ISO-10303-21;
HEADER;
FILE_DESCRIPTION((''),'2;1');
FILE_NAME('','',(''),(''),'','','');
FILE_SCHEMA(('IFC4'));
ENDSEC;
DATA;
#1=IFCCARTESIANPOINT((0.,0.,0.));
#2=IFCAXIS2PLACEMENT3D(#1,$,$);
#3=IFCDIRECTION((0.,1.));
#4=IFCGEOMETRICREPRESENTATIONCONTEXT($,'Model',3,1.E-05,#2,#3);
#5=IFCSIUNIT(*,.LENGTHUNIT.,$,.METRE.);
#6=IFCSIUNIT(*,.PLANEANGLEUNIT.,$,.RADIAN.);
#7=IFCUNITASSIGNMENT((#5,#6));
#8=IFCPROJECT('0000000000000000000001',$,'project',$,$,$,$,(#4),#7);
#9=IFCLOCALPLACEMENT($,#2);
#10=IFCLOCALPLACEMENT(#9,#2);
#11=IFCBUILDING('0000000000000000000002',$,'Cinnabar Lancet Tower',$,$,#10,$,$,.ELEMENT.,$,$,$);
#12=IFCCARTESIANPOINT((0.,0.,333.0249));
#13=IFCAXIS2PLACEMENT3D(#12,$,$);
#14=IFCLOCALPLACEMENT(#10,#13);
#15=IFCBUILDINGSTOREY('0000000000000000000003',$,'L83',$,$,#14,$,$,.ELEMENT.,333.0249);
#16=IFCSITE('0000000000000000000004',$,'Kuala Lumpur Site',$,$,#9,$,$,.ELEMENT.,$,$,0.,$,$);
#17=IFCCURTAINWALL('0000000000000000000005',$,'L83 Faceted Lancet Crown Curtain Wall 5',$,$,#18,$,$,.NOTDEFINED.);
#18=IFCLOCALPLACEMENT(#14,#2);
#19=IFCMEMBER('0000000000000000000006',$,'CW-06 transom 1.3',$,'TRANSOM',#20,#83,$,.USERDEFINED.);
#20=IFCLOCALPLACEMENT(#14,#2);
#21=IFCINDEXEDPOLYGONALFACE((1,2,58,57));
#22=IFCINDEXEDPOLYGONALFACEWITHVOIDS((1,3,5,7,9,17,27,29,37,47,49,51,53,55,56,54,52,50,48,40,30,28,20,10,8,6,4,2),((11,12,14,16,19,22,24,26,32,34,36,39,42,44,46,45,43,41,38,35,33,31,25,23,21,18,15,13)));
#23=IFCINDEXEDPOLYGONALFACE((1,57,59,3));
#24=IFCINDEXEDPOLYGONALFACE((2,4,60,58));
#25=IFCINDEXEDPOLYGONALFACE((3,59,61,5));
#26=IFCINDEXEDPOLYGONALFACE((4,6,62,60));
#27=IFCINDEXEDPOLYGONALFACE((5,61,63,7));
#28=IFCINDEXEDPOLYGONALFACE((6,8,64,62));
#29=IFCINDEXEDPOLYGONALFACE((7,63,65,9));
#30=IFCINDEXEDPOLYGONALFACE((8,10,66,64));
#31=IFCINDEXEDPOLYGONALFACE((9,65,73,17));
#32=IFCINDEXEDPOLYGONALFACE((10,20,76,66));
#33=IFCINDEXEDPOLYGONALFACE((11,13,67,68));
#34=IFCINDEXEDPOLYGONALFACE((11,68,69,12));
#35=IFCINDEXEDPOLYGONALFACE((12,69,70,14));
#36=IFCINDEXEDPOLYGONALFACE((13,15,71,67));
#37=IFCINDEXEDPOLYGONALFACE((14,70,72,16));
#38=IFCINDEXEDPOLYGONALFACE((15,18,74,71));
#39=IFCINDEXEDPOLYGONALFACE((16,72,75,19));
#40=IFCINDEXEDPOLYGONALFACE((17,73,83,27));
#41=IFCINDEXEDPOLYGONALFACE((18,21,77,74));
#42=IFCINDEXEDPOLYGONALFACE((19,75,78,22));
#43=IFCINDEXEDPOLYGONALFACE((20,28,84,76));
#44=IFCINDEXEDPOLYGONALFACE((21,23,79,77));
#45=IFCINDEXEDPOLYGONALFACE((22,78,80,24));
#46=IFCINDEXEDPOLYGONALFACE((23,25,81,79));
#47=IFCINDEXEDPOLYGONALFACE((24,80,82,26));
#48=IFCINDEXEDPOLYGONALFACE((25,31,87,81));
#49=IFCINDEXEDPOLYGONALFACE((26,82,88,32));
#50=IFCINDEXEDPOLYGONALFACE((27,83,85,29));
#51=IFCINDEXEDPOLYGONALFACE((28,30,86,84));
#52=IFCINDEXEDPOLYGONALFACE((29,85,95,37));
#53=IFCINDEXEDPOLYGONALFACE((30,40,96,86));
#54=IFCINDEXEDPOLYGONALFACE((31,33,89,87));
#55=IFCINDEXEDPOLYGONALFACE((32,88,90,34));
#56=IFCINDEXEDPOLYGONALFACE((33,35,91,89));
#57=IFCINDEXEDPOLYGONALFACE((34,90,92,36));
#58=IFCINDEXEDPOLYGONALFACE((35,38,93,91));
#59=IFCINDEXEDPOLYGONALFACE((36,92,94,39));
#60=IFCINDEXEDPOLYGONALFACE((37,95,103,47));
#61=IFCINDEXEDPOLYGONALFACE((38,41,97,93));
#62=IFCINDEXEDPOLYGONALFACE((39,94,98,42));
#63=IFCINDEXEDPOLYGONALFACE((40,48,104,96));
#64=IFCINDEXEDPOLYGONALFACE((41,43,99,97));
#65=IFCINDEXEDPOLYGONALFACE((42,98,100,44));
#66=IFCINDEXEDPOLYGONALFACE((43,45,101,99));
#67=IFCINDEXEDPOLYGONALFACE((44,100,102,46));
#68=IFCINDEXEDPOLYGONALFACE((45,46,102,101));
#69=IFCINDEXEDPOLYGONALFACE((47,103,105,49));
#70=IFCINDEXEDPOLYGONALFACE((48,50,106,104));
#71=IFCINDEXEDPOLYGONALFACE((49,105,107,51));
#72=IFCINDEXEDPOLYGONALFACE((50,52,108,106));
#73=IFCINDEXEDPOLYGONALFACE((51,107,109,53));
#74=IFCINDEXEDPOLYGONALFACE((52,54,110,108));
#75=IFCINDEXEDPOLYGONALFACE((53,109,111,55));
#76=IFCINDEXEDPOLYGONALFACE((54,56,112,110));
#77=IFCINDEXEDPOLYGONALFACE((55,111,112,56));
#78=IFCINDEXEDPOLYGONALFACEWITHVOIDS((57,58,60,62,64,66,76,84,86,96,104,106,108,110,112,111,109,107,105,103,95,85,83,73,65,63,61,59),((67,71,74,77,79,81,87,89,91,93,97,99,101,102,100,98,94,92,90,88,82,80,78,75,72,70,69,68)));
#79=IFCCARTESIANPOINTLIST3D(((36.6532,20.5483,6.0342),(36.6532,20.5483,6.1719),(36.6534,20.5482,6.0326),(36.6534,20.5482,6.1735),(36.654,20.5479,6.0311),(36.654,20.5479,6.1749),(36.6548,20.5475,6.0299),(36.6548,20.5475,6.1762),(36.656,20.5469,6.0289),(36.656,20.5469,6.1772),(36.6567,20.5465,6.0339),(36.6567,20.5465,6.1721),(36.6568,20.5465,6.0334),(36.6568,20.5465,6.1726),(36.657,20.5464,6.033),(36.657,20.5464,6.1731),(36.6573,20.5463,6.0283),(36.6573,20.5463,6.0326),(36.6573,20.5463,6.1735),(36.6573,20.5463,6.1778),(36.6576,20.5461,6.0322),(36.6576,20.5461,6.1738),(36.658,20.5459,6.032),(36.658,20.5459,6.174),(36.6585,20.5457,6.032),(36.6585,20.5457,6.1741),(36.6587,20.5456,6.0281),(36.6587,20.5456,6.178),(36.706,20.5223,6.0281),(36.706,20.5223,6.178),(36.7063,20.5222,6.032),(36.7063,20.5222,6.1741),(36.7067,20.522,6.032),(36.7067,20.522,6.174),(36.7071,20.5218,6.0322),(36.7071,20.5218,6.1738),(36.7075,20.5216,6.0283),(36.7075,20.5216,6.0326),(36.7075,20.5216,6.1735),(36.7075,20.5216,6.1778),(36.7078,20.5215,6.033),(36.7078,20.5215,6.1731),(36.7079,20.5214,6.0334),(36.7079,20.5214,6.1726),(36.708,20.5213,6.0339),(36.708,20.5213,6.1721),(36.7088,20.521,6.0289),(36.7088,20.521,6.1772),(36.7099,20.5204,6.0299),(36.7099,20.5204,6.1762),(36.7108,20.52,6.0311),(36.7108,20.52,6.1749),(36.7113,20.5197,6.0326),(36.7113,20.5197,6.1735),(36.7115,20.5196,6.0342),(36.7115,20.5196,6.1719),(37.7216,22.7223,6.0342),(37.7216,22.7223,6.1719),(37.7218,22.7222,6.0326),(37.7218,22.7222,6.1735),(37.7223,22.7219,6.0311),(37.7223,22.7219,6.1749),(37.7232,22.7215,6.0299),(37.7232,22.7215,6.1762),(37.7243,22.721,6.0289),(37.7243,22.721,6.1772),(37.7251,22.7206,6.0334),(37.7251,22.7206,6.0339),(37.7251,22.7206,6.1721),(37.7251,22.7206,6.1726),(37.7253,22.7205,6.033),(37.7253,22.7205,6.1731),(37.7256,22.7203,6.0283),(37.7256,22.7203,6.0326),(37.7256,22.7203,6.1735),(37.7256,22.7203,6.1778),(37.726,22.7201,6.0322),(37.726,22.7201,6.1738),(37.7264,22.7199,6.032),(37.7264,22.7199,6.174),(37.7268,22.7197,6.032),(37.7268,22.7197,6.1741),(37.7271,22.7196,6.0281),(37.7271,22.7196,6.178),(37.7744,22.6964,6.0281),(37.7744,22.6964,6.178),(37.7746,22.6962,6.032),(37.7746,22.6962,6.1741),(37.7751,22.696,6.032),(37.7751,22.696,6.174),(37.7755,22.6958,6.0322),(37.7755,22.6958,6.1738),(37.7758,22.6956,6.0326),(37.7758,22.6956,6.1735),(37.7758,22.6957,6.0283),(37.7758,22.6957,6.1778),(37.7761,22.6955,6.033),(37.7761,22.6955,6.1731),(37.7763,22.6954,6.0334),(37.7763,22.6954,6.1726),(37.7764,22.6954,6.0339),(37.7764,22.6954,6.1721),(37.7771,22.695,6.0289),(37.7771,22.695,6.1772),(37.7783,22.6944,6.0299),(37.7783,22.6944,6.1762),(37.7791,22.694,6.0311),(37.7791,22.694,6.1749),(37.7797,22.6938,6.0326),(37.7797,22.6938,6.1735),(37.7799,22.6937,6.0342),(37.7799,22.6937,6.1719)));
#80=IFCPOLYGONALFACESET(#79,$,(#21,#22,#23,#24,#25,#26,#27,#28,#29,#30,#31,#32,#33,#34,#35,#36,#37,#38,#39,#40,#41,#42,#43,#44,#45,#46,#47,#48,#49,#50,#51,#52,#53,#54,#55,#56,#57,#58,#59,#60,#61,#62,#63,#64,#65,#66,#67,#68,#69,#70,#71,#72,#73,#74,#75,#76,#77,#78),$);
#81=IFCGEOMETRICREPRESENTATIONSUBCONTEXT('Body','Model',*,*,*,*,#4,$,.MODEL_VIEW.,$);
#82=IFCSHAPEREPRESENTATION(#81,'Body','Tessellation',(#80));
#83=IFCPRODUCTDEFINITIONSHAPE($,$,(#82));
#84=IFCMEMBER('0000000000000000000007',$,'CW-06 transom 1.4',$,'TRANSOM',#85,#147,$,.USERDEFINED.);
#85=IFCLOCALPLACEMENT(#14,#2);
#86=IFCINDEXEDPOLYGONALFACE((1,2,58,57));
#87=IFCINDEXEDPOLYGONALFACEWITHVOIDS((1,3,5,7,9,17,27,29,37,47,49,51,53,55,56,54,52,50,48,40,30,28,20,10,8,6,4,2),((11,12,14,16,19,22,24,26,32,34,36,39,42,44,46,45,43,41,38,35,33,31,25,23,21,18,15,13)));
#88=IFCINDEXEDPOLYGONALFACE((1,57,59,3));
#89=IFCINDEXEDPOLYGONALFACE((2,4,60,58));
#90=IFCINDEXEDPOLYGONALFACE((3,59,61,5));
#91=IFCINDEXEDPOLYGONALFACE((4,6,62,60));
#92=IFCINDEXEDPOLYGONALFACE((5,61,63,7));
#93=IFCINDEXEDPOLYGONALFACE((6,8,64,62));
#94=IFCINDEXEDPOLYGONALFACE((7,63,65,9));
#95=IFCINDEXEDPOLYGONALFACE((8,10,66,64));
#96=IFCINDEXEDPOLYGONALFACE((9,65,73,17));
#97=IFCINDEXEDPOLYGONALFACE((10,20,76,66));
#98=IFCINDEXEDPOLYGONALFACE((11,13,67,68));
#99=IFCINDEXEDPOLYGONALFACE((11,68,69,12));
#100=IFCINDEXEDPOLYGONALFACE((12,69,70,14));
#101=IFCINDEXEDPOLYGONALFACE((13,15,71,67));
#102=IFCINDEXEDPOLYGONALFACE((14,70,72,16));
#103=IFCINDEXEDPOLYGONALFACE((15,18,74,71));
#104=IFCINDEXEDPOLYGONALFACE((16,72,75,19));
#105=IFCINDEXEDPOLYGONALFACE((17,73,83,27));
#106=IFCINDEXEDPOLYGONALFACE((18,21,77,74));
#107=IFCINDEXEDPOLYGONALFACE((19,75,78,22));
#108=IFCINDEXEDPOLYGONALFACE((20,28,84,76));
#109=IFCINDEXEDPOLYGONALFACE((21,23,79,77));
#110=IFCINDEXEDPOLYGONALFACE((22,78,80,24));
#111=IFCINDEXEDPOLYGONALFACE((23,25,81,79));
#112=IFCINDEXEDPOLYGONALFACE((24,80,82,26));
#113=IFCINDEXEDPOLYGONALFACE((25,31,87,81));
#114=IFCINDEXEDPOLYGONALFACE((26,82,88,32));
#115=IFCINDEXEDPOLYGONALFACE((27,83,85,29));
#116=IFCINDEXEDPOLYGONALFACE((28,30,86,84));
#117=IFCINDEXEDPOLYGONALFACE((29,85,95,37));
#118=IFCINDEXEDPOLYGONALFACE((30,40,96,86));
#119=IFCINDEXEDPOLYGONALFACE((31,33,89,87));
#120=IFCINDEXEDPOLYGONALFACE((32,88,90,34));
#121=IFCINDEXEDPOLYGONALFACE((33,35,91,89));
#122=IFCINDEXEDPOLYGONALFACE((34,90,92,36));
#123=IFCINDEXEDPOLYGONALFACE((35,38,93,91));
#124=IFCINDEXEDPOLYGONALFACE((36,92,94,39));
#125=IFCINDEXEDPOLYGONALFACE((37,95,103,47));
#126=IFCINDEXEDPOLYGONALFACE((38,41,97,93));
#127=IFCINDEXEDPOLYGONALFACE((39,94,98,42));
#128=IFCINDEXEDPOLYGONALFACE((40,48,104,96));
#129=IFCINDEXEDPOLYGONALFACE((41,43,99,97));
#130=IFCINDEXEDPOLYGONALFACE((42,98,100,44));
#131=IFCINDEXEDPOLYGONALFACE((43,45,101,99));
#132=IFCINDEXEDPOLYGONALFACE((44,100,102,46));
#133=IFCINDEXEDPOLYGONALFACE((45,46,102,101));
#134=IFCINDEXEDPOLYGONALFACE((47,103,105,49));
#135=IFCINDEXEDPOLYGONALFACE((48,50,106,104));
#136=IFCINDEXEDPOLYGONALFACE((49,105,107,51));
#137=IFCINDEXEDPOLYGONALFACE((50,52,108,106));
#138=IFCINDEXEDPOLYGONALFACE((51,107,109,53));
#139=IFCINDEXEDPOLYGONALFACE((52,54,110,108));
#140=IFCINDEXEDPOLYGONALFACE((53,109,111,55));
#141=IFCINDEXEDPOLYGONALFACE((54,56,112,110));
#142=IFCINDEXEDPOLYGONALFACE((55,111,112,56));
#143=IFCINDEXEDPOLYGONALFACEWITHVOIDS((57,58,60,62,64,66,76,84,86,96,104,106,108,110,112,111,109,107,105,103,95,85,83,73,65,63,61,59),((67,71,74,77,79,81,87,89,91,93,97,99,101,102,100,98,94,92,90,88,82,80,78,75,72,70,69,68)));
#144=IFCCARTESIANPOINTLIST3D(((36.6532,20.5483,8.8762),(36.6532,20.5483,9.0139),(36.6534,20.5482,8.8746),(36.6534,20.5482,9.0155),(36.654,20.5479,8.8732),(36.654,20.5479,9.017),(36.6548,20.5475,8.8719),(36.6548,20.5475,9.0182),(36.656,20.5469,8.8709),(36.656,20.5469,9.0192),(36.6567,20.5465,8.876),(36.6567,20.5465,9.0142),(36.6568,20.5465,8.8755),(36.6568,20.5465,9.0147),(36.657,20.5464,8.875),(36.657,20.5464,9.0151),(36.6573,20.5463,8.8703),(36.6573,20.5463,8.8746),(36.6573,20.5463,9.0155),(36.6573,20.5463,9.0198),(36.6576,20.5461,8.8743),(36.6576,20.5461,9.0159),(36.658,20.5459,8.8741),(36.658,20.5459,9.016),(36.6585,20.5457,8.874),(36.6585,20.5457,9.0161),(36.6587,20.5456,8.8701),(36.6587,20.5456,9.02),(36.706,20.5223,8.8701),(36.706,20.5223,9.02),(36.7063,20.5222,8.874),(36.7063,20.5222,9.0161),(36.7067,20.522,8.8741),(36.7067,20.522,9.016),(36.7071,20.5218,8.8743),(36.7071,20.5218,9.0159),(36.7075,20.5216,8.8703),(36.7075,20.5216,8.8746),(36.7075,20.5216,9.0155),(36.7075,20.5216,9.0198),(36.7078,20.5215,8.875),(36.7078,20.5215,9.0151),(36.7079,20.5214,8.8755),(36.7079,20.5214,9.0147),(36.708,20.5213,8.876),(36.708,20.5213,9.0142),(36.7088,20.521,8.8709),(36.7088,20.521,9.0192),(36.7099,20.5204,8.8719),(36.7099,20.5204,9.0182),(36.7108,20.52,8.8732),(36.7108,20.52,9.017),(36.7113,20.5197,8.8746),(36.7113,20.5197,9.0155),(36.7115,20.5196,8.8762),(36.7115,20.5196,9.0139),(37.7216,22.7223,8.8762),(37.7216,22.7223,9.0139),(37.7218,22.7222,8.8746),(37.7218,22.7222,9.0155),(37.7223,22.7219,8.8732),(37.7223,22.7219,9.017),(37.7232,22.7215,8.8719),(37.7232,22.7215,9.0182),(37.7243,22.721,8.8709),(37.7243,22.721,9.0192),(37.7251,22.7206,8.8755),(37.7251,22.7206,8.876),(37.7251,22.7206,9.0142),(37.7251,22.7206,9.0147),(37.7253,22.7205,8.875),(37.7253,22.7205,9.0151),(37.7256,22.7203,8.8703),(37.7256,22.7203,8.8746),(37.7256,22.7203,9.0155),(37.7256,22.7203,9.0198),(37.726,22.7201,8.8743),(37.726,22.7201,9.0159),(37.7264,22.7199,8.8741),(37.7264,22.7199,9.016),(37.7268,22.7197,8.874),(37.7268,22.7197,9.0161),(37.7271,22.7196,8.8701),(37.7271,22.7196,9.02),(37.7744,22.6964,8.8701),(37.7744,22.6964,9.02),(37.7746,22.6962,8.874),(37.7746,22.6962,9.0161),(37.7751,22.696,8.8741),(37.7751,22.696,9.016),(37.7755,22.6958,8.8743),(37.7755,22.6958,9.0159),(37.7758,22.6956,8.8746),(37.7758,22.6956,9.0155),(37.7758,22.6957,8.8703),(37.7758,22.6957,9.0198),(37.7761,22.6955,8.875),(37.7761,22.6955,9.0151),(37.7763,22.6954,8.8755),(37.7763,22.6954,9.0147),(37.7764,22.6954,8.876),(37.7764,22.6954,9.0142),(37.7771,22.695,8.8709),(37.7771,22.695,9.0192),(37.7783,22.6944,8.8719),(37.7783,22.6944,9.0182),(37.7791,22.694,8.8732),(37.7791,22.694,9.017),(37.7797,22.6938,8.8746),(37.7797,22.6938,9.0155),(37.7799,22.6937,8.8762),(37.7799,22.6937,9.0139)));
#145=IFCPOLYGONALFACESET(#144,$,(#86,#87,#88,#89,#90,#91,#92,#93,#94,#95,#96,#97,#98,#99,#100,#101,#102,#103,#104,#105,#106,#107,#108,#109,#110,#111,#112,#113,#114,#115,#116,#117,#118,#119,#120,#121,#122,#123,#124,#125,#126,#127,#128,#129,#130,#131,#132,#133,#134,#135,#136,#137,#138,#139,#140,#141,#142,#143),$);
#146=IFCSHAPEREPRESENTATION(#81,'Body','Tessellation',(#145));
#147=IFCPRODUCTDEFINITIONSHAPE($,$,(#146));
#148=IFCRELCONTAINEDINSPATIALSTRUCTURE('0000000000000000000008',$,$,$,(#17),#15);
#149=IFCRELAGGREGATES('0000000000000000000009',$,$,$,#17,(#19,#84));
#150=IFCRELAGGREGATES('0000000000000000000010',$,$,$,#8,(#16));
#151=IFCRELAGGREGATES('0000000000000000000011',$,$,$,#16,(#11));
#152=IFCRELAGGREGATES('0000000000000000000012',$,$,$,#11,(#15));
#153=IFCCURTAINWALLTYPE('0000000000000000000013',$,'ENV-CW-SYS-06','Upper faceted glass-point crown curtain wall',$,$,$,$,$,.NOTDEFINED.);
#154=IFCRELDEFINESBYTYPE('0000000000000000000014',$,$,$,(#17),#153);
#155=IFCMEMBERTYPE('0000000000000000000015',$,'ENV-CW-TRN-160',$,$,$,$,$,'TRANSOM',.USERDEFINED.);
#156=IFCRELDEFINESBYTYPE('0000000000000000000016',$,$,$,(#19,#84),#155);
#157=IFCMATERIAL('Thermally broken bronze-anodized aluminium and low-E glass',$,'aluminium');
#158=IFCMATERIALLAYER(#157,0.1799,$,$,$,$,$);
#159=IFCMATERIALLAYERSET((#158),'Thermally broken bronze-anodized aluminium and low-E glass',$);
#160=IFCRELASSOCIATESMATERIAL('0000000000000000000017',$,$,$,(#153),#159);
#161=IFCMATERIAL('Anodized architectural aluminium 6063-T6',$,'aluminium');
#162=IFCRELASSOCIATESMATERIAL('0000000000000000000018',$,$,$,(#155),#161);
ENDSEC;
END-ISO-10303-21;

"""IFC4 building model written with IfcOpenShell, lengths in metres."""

from ifc_helpers import new_model, si_unit, direction, frame, origin, origin_2d, place, context, subcontext, project, spatial, hollow_rectangle, extrude, material, layer, layer_set, material_profile, profile_set, type_object, element, aggregate, save


model = new_model("IFC4")

# Units and contexts
model_context = context("Model", 3, precision=1e-05, world=origin(), true_north=direction((0.0, 1.0)))
body_context = subcontext(model_context, "Body", "Model", "MODEL_VIEW")
ifc_project = project(units=[si_unit("LENGTHUNIT", "METRE"), si_unit("PLANEANGLEUNIT", "RADIAN")], contexts=[model_context])

# Site, building, storey
site_placement = place(None, origin())
site = spatial("IfcSite", under=ifc_project, at=site_placement, Name="Kuala Lumpur Site", CompositionType="ELEMENT", RefElevation=0.0)
building_placement = place(site_placement, origin())
building = spatial("IfcBuilding", under=site, at=building_placement, Name="Cinnabar Lancet Tower", CompositionType="ELEMENT")
storey_placement = place(building_placement, frame((0.0, 0.0, 333.0249)))
storey = spatial("IfcBuildingStorey", under=building, at=storey_placement, Name="L83", CompositionType="ELEMENT", Elevation=333.0249)

# Curtain wall
ifc_material_1 = material(Name="Thermally broken bronze-anodized aluminium and low-E glass", Category="aluminium")
ifc_layer_1 = layer(ifc_material_1, 0.1799)
ifc_layer_set_1 = layer_set([ifc_layer_1], Name="Thermally broken bronze-anodized aluminium and low-E glass")
curtain_wall_type = type_object("IfcCurtainWallType", Name="ENV-CW-SYS-06", Description="Upper faceted glass-point crown curtain wall", PredefinedType="NOTDEFINED", material=ifc_layer_set_1)
curtain_wall_1_placement = place(storey_placement, origin())
curtain_wall_1 = element("IfcCurtainWall", 1, at=curtain_wall_1_placement, inside=storey, type_object=curtain_wall_type, Name="L83 Faceted Lancet Crown Curtain Wall 5", PredefinedType="NOTDEFINED")

# Members
ifc_material_2 = material(Name="Anodized architectural aluminium 6063-T6", Category="aluminium")
ifc_material_profile_1 = material_profile(ifc_material_2, hollow_rectangle(XDim=0.0649, YDim=0.1499, WallThickness=0.0039, InnerFilletRadius=0.002, OuterFilletRadius=0.0061, at=origin_2d()), Name="CW-TRN 150x65x4")
ifc_profile_set_1 = profile_set([ifc_material_profile_1], Name="Anodized architectural aluminium 6063-T6")
member_type_1 = type_object("IfcMemberType", Name="ENV-CW-TRN-160", ElementType="TRANSOM", PredefinedType="USERDEFINED", material=ifc_profile_set_1)
member_1_placement = place(storey_placement, frame((36.6824, 20.5339, 6.103), z_axis=(0.441035, 0.89749, 0.0), x_axis=(-0.89749, 0.441035, 0.0)))
member_1 = element("IfcMember", 2, at=member_1_placement, type_object=member_type_1, Name="CW-06 transom 1.3", ObjectType="TRANSOM", PredefinedType="USERDEFINED", context=body_context, shape_type="SweptSolid", body=[
    extrude(hollow_rectangle(XDim=0.0649, YDim=0.1499, WallThickness=0.0039, InnerFilletRadius=0.002, OuterFilletRadius=0.0061, at=origin_2d()), origin(), (0.0, 0.0, 1.0), 2.4224),
])
member_2_placement = place(storey_placement, frame((36.6824, 20.5339, 8.9451), z_axis=(0.441035, 0.89749, 0.0), x_axis=(-0.89749, 0.441035, 0.0)))
member_2 = element("IfcMember", 3, at=member_2_placement, type_object=member_type_1, Name="CW-06 transom 1.4", ObjectType="TRANSOM", PredefinedType="USERDEFINED", context=body_context, shape_type="SweptSolid", body=[
    extrude(hollow_rectangle(XDim=0.0649, YDim=0.1499, WallThickness=0.0039, InnerFilletRadius=0.002, OuterFilletRadius=0.0061, at=origin_2d()), origin(), (0.0, 0.0, 1.0), 2.4224),
])

aggregate(curtain_wall_1, [member_1, member_2])

save(model, "model.ifc")
